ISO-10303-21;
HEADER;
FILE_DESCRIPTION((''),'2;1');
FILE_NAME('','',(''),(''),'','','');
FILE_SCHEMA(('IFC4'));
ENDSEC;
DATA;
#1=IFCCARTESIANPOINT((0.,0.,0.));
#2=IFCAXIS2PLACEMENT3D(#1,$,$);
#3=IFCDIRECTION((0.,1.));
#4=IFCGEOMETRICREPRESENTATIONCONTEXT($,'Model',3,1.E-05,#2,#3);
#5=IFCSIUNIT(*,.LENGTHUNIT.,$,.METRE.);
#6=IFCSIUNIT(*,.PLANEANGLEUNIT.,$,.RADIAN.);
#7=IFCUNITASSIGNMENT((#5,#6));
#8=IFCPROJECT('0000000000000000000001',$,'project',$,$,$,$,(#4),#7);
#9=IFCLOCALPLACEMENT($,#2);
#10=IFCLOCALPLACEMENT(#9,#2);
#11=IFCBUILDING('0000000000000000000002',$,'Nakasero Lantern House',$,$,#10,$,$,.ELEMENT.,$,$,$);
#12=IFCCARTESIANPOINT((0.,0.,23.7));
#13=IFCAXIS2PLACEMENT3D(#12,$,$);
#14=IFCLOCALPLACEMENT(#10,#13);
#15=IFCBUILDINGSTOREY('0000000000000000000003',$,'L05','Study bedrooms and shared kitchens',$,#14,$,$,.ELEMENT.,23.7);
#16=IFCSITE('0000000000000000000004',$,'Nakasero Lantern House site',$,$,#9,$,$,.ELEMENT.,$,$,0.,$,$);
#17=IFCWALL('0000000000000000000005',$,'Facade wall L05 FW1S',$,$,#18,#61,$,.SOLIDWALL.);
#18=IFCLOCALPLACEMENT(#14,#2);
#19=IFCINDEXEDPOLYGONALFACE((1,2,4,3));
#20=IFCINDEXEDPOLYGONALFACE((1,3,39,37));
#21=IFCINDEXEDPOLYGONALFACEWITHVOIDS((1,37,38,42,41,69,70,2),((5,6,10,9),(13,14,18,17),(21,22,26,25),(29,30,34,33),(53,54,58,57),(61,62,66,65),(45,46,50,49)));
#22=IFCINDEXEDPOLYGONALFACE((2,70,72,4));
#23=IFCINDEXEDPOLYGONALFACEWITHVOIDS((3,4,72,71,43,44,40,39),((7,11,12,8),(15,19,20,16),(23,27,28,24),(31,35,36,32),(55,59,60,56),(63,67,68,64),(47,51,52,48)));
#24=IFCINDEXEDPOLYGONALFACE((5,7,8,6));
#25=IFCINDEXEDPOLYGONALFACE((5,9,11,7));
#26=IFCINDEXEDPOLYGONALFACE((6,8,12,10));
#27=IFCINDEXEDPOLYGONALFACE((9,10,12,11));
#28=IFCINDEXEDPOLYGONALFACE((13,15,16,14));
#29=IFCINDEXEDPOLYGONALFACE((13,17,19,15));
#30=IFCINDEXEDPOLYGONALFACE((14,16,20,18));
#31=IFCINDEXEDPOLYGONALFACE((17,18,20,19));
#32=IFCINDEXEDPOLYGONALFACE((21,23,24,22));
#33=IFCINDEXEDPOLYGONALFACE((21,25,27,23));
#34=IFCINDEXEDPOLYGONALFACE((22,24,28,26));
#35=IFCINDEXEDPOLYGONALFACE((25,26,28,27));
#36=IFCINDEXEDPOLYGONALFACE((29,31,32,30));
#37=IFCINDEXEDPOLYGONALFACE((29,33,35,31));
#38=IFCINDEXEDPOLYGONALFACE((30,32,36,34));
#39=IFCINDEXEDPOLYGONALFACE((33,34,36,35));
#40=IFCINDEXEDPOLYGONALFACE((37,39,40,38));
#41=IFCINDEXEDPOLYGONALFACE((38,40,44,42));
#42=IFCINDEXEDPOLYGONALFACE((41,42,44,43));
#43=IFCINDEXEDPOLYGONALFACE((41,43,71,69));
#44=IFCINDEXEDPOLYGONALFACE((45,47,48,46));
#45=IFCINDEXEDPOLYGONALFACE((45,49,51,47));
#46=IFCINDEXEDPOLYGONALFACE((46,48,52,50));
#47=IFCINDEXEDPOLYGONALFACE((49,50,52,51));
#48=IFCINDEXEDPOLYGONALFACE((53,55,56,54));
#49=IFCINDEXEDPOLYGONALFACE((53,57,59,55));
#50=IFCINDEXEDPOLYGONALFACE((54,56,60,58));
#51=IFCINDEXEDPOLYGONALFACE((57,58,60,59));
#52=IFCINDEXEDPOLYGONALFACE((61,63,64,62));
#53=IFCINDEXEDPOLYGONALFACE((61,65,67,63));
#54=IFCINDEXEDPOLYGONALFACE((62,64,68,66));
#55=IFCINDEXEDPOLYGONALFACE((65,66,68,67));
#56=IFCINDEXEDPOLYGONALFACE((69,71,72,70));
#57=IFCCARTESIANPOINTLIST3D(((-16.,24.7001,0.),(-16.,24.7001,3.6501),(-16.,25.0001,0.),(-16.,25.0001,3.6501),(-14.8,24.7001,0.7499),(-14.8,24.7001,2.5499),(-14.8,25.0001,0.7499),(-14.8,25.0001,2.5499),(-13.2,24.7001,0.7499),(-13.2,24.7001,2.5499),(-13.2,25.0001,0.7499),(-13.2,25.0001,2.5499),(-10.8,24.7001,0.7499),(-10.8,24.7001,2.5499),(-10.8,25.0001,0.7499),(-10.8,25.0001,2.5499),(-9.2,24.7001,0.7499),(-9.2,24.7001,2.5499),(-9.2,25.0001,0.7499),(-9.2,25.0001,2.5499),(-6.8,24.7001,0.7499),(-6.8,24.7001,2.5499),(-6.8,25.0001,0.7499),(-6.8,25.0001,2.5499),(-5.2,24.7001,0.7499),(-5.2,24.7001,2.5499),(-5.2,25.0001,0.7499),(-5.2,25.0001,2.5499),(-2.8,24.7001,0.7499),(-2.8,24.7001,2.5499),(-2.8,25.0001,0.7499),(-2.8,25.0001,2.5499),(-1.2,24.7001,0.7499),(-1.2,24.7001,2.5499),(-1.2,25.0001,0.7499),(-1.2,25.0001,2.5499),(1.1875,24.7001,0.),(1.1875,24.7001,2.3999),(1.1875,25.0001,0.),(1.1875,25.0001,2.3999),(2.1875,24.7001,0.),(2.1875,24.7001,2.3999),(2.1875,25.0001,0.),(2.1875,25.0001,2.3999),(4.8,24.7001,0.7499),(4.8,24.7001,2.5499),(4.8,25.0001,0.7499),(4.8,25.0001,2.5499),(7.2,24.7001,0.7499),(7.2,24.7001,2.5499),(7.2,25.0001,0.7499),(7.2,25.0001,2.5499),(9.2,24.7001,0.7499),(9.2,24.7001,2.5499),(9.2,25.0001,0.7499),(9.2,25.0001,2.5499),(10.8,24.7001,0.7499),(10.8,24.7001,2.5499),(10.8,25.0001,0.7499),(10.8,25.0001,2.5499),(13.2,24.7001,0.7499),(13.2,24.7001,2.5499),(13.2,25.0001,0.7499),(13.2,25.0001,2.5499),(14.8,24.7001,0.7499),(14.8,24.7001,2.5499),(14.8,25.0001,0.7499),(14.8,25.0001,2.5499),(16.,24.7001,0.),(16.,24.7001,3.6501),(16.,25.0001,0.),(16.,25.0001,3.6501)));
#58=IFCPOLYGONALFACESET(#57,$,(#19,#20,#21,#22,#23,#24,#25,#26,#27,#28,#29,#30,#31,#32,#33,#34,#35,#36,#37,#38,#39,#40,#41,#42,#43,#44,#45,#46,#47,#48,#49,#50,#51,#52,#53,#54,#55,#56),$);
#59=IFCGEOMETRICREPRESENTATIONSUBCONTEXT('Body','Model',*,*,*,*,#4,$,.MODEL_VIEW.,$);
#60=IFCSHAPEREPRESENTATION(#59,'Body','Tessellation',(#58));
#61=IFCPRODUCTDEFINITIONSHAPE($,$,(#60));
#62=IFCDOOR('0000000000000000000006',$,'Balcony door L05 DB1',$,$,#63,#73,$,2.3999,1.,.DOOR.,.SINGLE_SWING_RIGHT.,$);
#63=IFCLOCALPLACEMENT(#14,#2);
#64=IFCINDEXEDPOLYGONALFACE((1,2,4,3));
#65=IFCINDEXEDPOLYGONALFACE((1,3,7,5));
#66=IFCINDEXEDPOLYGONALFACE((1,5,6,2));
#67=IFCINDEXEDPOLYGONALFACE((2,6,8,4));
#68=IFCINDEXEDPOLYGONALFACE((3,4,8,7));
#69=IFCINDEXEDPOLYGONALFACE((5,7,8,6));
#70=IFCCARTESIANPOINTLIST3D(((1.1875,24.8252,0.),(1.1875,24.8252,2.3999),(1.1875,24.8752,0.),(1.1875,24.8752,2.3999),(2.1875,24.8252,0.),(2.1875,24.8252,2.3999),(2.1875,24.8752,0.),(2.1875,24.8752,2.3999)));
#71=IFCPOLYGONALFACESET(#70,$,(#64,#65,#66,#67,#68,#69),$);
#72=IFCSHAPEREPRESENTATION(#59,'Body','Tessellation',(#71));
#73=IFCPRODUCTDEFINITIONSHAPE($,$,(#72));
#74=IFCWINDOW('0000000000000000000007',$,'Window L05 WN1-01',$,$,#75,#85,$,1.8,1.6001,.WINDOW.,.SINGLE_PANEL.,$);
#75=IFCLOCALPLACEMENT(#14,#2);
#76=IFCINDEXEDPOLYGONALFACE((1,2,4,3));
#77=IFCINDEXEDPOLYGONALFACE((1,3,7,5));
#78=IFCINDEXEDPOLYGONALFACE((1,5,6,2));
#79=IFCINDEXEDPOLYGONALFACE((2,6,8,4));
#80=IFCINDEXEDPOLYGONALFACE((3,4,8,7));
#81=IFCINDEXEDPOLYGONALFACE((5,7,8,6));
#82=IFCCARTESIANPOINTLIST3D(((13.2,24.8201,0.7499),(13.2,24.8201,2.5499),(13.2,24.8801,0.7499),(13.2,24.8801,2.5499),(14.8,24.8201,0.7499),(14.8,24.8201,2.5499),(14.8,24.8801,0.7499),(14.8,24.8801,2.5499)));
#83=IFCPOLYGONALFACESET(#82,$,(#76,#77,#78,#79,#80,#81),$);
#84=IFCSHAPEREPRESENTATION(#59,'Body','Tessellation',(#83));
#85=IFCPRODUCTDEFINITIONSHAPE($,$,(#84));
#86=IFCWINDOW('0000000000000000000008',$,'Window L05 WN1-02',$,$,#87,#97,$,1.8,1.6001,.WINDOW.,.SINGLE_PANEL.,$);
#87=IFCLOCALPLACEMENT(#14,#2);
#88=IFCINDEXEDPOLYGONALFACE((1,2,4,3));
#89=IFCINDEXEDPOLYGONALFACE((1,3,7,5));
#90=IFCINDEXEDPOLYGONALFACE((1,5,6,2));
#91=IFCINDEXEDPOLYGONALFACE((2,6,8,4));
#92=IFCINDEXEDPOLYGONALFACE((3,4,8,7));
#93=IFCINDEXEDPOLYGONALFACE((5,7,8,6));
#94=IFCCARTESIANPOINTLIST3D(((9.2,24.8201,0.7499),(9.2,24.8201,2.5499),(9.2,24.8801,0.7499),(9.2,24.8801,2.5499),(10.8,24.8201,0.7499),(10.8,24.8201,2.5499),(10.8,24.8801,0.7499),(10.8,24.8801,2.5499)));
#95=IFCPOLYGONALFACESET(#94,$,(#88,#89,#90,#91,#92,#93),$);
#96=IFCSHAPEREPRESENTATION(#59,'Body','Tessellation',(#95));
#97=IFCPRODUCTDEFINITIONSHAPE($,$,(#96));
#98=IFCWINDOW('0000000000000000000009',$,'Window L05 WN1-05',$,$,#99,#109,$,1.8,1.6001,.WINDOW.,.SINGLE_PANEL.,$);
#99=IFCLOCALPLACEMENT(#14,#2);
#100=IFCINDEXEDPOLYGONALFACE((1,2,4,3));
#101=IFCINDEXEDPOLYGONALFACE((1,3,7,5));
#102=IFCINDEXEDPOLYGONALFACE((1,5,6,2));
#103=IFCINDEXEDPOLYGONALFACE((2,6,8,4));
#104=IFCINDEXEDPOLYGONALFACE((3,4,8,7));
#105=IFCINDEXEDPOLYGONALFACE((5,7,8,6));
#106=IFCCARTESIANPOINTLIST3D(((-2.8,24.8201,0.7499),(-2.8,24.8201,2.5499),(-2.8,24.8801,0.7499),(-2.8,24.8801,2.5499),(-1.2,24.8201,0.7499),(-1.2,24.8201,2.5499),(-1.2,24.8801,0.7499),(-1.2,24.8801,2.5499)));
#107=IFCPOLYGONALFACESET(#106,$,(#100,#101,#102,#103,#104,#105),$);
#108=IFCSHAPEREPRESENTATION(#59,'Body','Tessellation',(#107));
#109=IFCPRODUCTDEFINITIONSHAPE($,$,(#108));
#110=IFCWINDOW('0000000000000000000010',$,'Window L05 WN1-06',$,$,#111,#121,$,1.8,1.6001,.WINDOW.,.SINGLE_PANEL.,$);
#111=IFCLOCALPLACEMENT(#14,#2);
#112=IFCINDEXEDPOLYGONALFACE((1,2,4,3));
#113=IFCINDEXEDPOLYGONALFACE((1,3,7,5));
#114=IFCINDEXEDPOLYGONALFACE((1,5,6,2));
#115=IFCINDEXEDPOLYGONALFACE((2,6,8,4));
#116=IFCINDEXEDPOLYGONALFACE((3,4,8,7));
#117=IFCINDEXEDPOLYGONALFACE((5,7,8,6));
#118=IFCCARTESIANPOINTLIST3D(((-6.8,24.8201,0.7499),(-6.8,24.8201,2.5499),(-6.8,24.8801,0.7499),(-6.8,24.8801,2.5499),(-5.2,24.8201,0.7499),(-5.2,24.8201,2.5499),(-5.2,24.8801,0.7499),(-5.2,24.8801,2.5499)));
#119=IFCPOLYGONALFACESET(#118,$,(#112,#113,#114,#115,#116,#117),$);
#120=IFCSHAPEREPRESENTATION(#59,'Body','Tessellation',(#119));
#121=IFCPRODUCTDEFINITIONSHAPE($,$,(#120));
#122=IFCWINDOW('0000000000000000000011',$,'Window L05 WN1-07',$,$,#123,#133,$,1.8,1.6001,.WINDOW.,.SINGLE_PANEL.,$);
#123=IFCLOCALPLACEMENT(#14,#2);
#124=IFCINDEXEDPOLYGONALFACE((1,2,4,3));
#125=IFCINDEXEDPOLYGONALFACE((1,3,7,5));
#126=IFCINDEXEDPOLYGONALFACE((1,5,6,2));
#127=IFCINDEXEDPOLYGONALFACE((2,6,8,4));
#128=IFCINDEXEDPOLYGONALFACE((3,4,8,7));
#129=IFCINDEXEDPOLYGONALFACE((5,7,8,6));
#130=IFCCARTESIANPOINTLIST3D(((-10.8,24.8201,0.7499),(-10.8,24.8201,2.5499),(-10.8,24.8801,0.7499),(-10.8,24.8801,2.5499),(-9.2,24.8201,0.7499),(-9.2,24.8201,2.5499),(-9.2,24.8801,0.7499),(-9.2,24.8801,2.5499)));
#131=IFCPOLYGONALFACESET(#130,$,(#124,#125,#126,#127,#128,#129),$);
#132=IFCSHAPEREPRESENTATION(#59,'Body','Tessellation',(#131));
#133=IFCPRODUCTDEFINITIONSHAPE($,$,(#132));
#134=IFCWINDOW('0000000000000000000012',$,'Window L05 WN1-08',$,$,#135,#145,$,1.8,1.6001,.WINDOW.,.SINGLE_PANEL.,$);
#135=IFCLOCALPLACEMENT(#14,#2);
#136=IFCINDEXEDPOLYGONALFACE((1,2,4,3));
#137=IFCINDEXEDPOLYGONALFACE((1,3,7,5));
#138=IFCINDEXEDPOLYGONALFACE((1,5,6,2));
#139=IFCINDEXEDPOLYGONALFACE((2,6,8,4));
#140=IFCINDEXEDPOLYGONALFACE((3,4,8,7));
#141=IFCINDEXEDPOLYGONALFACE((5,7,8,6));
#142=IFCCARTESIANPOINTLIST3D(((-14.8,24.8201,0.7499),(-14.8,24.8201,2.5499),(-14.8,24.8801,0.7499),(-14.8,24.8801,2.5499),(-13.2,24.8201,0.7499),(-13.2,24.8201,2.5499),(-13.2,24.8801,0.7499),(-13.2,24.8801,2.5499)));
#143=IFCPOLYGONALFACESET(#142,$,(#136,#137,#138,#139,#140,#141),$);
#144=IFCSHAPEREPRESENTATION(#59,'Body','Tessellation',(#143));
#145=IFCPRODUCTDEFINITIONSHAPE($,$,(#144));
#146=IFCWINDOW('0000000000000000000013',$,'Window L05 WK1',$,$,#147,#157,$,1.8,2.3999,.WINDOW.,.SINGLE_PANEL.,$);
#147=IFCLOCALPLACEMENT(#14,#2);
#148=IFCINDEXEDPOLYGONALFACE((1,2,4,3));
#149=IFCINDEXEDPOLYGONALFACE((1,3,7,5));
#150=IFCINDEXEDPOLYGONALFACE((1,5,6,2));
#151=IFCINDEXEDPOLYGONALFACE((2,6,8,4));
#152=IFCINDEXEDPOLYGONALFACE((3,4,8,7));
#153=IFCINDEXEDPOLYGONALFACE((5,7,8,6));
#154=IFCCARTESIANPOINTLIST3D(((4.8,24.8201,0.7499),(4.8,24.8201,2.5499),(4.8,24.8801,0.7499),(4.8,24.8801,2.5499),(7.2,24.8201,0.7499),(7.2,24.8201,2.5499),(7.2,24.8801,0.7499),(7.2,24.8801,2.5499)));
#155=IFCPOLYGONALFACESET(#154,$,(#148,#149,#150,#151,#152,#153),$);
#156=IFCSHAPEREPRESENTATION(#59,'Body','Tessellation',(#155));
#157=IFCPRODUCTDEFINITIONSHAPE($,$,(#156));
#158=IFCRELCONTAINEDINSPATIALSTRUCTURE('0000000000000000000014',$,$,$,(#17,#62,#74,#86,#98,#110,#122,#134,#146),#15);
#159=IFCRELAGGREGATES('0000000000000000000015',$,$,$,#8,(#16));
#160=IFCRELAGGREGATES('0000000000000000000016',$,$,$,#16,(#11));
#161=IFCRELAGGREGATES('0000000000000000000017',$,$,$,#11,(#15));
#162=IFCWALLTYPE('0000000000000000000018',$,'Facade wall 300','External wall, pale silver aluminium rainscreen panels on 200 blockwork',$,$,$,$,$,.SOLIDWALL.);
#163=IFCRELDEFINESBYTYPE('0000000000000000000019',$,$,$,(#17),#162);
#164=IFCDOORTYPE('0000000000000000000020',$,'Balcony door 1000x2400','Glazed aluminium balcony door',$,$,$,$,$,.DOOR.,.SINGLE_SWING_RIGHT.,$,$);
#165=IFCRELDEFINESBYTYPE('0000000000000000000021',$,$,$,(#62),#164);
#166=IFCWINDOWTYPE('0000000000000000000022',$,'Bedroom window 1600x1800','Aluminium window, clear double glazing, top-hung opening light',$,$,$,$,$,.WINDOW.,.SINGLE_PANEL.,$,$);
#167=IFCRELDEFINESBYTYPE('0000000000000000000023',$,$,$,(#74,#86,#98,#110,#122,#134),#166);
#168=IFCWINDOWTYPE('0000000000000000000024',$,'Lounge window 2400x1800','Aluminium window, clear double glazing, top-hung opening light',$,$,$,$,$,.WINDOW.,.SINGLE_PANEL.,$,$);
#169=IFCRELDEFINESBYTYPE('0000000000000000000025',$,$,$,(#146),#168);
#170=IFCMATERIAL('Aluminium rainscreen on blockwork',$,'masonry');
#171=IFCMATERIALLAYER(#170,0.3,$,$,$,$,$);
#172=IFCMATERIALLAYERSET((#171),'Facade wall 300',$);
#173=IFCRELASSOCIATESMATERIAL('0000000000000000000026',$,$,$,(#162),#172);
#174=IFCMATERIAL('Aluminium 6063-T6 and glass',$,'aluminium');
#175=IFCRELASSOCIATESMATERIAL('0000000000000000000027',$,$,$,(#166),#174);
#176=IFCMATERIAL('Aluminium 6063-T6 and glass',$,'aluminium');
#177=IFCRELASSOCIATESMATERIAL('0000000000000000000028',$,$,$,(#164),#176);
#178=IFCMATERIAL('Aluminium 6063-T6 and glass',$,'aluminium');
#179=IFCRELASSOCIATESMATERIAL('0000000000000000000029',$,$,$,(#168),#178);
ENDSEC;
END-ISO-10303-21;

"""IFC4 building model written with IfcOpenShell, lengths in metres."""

from ifc_helpers import new_model, si_unit, direction, frame, frame_2d, origin, place, context, subcontext, project, spatial, rectangle, extrude, material, layer, layer_set, type_object, element, fill, save


model = new_model("IFC4")

# Units and contexts
model_context = context("Model", 3, precision=1e-05, world=origin(), true_north=direction((0.0, 1.0)))
body_context = subcontext(model_context, "Body", "Model", "MODEL_VIEW")
ifc_project = project(units=[si_unit("LENGTHUNIT", "METRE"), si_unit("PLANEANGLEUNIT", "RADIAN")], contexts=[model_context])

# Site, building, storey
site_placement = place(None, origin())
site = spatial("IfcSite", under=ifc_project, at=site_placement, Name="Nakasero Lantern House site", CompositionType="ELEMENT", RefElevation=0.0)
building_placement = place(site_placement, origin())
building = spatial("IfcBuilding", under=site, at=building_placement, Name="Nakasero Lantern House", CompositionType="ELEMENT")
storey_placement = place(building_placement, frame((0.0, 0.0, 23.7)))
storey = spatial("IfcBuildingStorey", under=building, at=storey_placement, Name="L05", Description="Study bedrooms and shared kitchens", CompositionType="ELEMENT", Elevation=23.7)

# Shared definitions
ifc_material_1 = material(Name="Aluminium rainscreen on blockwork", Category="masonry")
ifc_layer_1 = layer(ifc_material_1, 0.3)
ifc_layer_set_1 = layer_set([ifc_layer_1], Name="Facade wall 300")
wall_type_1 = type_object("IfcWallType", Name="Facade wall 300", Description="External wall, pale silver aluminium rainscreen panels on 200 blockwork", PredefinedType="SOLIDWALL", material=ifc_layer_set_1)
ifc_material_2 = material(Name="Aluminium 6063-T6 and glass", Category="aluminium")
window_type_1 = type_object("IfcWindowType", Name="Bedroom window 1600x1800", Description="Aluminium window, clear double glazing, top-hung opening light", PartitioningType="SINGLE_PANEL", PredefinedType="WINDOW", material=ifc_material_2)

# Wall, openings, door, windows
wall_1_placement = place(storey_placement, frame((16.0, 24.8501, 0.0), z_axis=(0.0, 0.0, 1.0), x_axis=(-1.0, 0.0, 0.0)))
wall_1 = element("IfcWall", 1, at=wall_1_placement, inside=storey, type_object=wall_type_1, Name="Facade wall L05 FW1S", PredefinedType="SOLIDWALL", context=body_context, shape_type="SweptSolid", body=[
    extrude(rectangle(XDim=32.0, YDim=0.3, at=frame_2d((16.0, 0.0))), origin(), (0.0, 0.0, 1.0), 3.6501),
])
opening_1_placement = place(wall_1_placement, frame((1.2, 0.0, 0.75)))
opening_1 = element("IfcOpeningElement", 2, at=opening_1_placement, cuts=wall_1, PredefinedType="OPENING", context=body_context, shape_type="SweptSolid", body=[
    extrude(rectangle(XDim=1.6001, YDim=1.8, at=frame_2d((0.8, 0.8999))), frame((0.0, 0.1699, 0.0), z_axis=(0.0, -1.0, 0.0), x_axis=(1.0, 0.0, 0.0)), (0.0, 0.0, 1.0), 0.3401),
])
opening_2_placement = place(wall_1_placement, frame((5.2, 0.0, 0.75)))
opening_2 = element("IfcOpeningElement", 3, at=opening_2_placement, cuts=wall_1, PredefinedType="OPENING", context=body_context, shape_type="SweptSolid", body=[
    extrude(rectangle(XDim=1.6001, YDim=1.8, at=frame_2d((0.8, 0.8999))), frame((0.0, 0.1699, 0.0), z_axis=(0.0, -1.0, 0.0), x_axis=(1.0, 0.0, 0.0)), (0.0, 0.0, 1.0), 0.3401),
])
opening_3_placement = place(wall_1_placement, frame((17.2, 0.0, 0.75)))
opening_3 = element("IfcOpeningElement", 4, at=opening_3_placement, cuts=wall_1, PredefinedType="OPENING", context=body_context, shape_type="SweptSolid", body=[
    extrude(rectangle(XDim=1.6001, YDim=1.8, at=frame_2d((0.8, 0.8999))), frame((0.0, 0.1699, 0.0), z_axis=(0.0, -1.0, 0.0), x_axis=(1.0, 0.0, 0.0)), (0.0, 0.0, 1.0), 0.3401),
])
opening_4_placement = place(wall_1_placement, frame((21.2, 0.0, 0.75)))
opening_4 = element("IfcOpeningElement", 5, at=opening_4_placement, cuts=wall_1, PredefinedType="OPENING", context=body_context, shape_type="SweptSolid", body=[
    extrude(rectangle(XDim=1.6001, YDim=1.8, at=frame_2d((0.8, 0.8999))), frame((0.0, 0.1699, 0.0), z_axis=(0.0, -1.0, 0.0), x_axis=(1.0, 0.0, 0.0)), (0.0, 0.0, 1.0), 0.3401),
])
opening_5_placement = place(wall_1_placement, frame((25.2, 0.0, 0.75)))
opening_5 = element("IfcOpeningElement", 6, at=opening_5_placement, cuts=wall_1, PredefinedType="OPENING", context=body_context, shape_type="SweptSolid", body=[
    extrude(rectangle(XDim=1.6001, YDim=1.8, at=frame_2d((0.8, 0.8999))), frame((0.0, 0.1699, 0.0), z_axis=(0.0, -1.0, 0.0), x_axis=(1.0, 0.0, 0.0)), (0.0, 0.0, 1.0), 0.3401),
])
opening_6_placement = place(wall_1_placement, frame((29.2, 0.0, 0.75)))
opening_6 = element("IfcOpeningElement", 7, at=opening_6_placement, cuts=wall_1, PredefinedType="OPENING", context=body_context, shape_type="SweptSolid", body=[
    extrude(rectangle(XDim=1.6001, YDim=1.8, at=frame_2d((0.8, 0.8999))), frame((0.0, 0.1699, 0.0), z_axis=(0.0, -1.0, 0.0), x_axis=(1.0, 0.0, 0.0)), (0.0, 0.0, 1.0), 0.3401),
])
opening_7_placement = place(wall_1_placement, frame((8.8, 0.0, 0.75)))
opening_7 = element("IfcOpeningElement", 8, at=opening_7_placement, cuts=wall_1, PredefinedType="OPENING", context=body_context, shape_type="SweptSolid", body=[
    extrude(rectangle(XDim=2.3999, YDim=1.8, at=frame_2d((1.2, 0.8999))), frame((0.0, 0.1699, 0.0), z_axis=(0.0, -1.0, 0.0), x_axis=(1.0, 0.0, 0.0)), (0.0, 0.0, 1.0), 0.3401),
])
opening_8_placement = place(wall_1_placement, frame((13.8125, 0.0, 0.0)))
opening_8 = element("IfcOpeningElement", 9, at=opening_8_placement, cuts=wall_1, PredefinedType="OPENING", context=body_context, shape_type="SweptSolid", body=[
    extrude(rectangle(XDim=1.0, YDim=2.3999, at=frame_2d((0.5, 1.2))), frame((0.0, 0.1699, 0.0), z_axis=(0.0, -1.0, 0.0), x_axis=(1.0, 0.0, 0.0)), (0.0, 0.0, 1.0), 0.3401),
])
ifc_material_3 = material(Name="Aluminium 6063-T6 and glass", Category="aluminium")
door_type_1 = type_object("IfcDoorType", Name="Balcony door 1000x2400", Description="Glazed aluminium balcony door", OperationType="SINGLE_SWING_RIGHT", PredefinedType="DOOR", material=ifc_material_3)
door_1_placement = place(opening_8_placement, origin())
door_1 = element("IfcDoor", 10, at=door_1_placement, inside=storey, type_object=door_type_1, Name="Balcony door L05 DB1", OperationType="SINGLE_SWING_RIGHT", OverallHeight=2.3999, OverallWidth=1.0, PredefinedType="DOOR", context=body_context, shape_type="SweptSolid", body=[
    extrude(rectangle(XDim=1.0, YDim=2.3999, at=frame_2d((0.5, 1.2))), frame((0.0, 0.0249, 0.0), z_axis=(0.0, -1.0, 0.0), x_axis=(1.0, 0.0, 0.0)), (0.0, 0.0, 1.0), 0.05),
])
fill(opening_8, door_1)
window_1_placement = place(opening_1_placement, origin())
window_1 = element("IfcWindow", 11, at=window_1_placement, inside=storey, type_object=window_type_1, Name="Window L05 WN1-01", OverallHeight=1.8, OverallWidth=1.6001, PartitioningType="SINGLE_PANEL", PredefinedType="WINDOW", context=body_context, shape_type="SweptSolid", body=[
    extrude(rectangle(XDim=1.6001, YDim=1.8, at=frame_2d((0.8, 0.8999))), frame((0.0, 0.03, 0.0), z_axis=(0.0, -1.0, 0.0), x_axis=(1.0, 0.0, 0.0)), (0.0, 0.0, 1.0), 0.0601),
])
fill(opening_1, window_1)
window_2_placement = place(opening_2_placement, origin())
window_2 = element("IfcWindow", 12, at=window_2_placement, inside=storey, type_object=window_type_1, Name="Window L05 WN1-02", OverallHeight=1.8, OverallWidth=1.6001, PartitioningType="SINGLE_PANEL", PredefinedType="WINDOW", context=body_context, shape_type="SweptSolid", body=[
    extrude(rectangle(XDim=1.6001, YDim=1.8, at=frame_2d((0.8, 0.8999))), frame((0.0, 0.03, 0.0), z_axis=(0.0, -1.0, 0.0), x_axis=(1.0, 0.0, 0.0)), (0.0, 0.0, 1.0), 0.0601),
])
fill(opening_2, window_2)
window_3_placement = place(opening_3_placement, origin())
window_3 = element("IfcWindow", 13, at=window_3_placement, inside=storey, type_object=window_type_1, Name="Window L05 WN1-05", OverallHeight=1.8, OverallWidth=1.6001, PartitioningType="SINGLE_PANEL", PredefinedType="WINDOW", context=body_context, shape_type="SweptSolid", body=[
    extrude(rectangle(XDim=1.6001, YDim=1.8, at=frame_2d((0.8, 0.8999))), frame((0.0, 0.03, 0.0), z_axis=(0.0, -1.0, 0.0), x_axis=(1.0, 0.0, 0.0)), (0.0, 0.0, 1.0), 0.0601),
])
fill(opening_3, window_3)
window_4_placement = place(opening_4_placement, origin())
window_4 = element("IfcWindow", 14, at=window_4_placement, inside=storey, type_object=window_type_1, Name="Window L05 WN1-06", OverallHeight=1.8, OverallWidth=1.6001, PartitioningType="SINGLE_PANEL", PredefinedType="WINDOW", context=body_context, shape_type="SweptSolid", body=[
    extrude(rectangle(XDim=1.6001, YDim=1.8, at=frame_2d((0.8, 0.8999))), frame((0.0, 0.03, 0.0), z_axis=(0.0, -1.0, 0.0), x_axis=(1.0, 0.0, 0.0)), (0.0, 0.0, 1.0), 0.0601),
])
fill(opening_4, window_4)
window_5_placement = place(opening_5_placement, origin())
window_5 = element("IfcWindow", 15, at=window_5_placement, inside=storey, type_object=window_type_1, Name="Window L05 WN1-07", OverallHeight=1.8, OverallWidth=1.6001, PartitioningType="SINGLE_PANEL", PredefinedType="WINDOW", context=body_context, shape_type="SweptSolid", body=[
    extrude(rectangle(XDim=1.6001, YDim=1.8, at=frame_2d((0.8, 0.8999))), frame((0.0, 0.03, 0.0), z_axis=(0.0, -1.0, 0.0), x_axis=(1.0, 0.0, 0.0)), (0.0, 0.0, 1.0), 0.0601),
])
fill(opening_5, window_5)
window_6_placement = place(opening_6_placement, origin())
window_6 = element("IfcWindow", 16, at=window_6_placement, inside=storey, type_object=window_type_1, Name="Window L05 WN1-08", OverallHeight=1.8, OverallWidth=1.6001, PartitioningType="SINGLE_PANEL", PredefinedType="WINDOW", context=body_context, shape_type="SweptSolid", body=[
    extrude(rectangle(XDim=1.6001, YDim=1.8, at=frame_2d((0.8, 0.8999))), frame((0.0, 0.03, 0.0), z_axis=(0.0, -1.0, 0.0), x_axis=(1.0, 0.0, 0.0)), (0.0, 0.0, 1.0), 0.0601),
])
fill(opening_6, window_6)
ifc_material_4 = material(Name="Aluminium 6063-T6 and glass", Category="aluminium")
window_type_2 = type_object("IfcWindowType", Name="Lounge window 2400x1800", Description="Aluminium window, clear double glazing, top-hung opening light", PartitioningType="SINGLE_PANEL", PredefinedType="WINDOW", material=ifc_material_4)
window_7_placement = place(opening_7_placement, origin())
window_7 = element("IfcWindow", 17, at=window_7_placement, inside=storey, type_object=window_type_2, Name="Window L05 WK1", OverallHeight=1.8, OverallWidth=2.3999, PartitioningType="SINGLE_PANEL", PredefinedType="WINDOW", context=body_context, shape_type="SweptSolid", body=[
    extrude(rectangle(XDim=2.3999, YDim=1.8, at=frame_2d((1.2, 0.8999))), frame((0.0, 0.03, 0.0), z_axis=(0.0, -1.0, 0.0), x_axis=(1.0, 0.0, 0.0)), (0.0, 0.0, 1.0), 0.0601),
])
fill(opening_7, window_7)

save(model, "model.ifc")
